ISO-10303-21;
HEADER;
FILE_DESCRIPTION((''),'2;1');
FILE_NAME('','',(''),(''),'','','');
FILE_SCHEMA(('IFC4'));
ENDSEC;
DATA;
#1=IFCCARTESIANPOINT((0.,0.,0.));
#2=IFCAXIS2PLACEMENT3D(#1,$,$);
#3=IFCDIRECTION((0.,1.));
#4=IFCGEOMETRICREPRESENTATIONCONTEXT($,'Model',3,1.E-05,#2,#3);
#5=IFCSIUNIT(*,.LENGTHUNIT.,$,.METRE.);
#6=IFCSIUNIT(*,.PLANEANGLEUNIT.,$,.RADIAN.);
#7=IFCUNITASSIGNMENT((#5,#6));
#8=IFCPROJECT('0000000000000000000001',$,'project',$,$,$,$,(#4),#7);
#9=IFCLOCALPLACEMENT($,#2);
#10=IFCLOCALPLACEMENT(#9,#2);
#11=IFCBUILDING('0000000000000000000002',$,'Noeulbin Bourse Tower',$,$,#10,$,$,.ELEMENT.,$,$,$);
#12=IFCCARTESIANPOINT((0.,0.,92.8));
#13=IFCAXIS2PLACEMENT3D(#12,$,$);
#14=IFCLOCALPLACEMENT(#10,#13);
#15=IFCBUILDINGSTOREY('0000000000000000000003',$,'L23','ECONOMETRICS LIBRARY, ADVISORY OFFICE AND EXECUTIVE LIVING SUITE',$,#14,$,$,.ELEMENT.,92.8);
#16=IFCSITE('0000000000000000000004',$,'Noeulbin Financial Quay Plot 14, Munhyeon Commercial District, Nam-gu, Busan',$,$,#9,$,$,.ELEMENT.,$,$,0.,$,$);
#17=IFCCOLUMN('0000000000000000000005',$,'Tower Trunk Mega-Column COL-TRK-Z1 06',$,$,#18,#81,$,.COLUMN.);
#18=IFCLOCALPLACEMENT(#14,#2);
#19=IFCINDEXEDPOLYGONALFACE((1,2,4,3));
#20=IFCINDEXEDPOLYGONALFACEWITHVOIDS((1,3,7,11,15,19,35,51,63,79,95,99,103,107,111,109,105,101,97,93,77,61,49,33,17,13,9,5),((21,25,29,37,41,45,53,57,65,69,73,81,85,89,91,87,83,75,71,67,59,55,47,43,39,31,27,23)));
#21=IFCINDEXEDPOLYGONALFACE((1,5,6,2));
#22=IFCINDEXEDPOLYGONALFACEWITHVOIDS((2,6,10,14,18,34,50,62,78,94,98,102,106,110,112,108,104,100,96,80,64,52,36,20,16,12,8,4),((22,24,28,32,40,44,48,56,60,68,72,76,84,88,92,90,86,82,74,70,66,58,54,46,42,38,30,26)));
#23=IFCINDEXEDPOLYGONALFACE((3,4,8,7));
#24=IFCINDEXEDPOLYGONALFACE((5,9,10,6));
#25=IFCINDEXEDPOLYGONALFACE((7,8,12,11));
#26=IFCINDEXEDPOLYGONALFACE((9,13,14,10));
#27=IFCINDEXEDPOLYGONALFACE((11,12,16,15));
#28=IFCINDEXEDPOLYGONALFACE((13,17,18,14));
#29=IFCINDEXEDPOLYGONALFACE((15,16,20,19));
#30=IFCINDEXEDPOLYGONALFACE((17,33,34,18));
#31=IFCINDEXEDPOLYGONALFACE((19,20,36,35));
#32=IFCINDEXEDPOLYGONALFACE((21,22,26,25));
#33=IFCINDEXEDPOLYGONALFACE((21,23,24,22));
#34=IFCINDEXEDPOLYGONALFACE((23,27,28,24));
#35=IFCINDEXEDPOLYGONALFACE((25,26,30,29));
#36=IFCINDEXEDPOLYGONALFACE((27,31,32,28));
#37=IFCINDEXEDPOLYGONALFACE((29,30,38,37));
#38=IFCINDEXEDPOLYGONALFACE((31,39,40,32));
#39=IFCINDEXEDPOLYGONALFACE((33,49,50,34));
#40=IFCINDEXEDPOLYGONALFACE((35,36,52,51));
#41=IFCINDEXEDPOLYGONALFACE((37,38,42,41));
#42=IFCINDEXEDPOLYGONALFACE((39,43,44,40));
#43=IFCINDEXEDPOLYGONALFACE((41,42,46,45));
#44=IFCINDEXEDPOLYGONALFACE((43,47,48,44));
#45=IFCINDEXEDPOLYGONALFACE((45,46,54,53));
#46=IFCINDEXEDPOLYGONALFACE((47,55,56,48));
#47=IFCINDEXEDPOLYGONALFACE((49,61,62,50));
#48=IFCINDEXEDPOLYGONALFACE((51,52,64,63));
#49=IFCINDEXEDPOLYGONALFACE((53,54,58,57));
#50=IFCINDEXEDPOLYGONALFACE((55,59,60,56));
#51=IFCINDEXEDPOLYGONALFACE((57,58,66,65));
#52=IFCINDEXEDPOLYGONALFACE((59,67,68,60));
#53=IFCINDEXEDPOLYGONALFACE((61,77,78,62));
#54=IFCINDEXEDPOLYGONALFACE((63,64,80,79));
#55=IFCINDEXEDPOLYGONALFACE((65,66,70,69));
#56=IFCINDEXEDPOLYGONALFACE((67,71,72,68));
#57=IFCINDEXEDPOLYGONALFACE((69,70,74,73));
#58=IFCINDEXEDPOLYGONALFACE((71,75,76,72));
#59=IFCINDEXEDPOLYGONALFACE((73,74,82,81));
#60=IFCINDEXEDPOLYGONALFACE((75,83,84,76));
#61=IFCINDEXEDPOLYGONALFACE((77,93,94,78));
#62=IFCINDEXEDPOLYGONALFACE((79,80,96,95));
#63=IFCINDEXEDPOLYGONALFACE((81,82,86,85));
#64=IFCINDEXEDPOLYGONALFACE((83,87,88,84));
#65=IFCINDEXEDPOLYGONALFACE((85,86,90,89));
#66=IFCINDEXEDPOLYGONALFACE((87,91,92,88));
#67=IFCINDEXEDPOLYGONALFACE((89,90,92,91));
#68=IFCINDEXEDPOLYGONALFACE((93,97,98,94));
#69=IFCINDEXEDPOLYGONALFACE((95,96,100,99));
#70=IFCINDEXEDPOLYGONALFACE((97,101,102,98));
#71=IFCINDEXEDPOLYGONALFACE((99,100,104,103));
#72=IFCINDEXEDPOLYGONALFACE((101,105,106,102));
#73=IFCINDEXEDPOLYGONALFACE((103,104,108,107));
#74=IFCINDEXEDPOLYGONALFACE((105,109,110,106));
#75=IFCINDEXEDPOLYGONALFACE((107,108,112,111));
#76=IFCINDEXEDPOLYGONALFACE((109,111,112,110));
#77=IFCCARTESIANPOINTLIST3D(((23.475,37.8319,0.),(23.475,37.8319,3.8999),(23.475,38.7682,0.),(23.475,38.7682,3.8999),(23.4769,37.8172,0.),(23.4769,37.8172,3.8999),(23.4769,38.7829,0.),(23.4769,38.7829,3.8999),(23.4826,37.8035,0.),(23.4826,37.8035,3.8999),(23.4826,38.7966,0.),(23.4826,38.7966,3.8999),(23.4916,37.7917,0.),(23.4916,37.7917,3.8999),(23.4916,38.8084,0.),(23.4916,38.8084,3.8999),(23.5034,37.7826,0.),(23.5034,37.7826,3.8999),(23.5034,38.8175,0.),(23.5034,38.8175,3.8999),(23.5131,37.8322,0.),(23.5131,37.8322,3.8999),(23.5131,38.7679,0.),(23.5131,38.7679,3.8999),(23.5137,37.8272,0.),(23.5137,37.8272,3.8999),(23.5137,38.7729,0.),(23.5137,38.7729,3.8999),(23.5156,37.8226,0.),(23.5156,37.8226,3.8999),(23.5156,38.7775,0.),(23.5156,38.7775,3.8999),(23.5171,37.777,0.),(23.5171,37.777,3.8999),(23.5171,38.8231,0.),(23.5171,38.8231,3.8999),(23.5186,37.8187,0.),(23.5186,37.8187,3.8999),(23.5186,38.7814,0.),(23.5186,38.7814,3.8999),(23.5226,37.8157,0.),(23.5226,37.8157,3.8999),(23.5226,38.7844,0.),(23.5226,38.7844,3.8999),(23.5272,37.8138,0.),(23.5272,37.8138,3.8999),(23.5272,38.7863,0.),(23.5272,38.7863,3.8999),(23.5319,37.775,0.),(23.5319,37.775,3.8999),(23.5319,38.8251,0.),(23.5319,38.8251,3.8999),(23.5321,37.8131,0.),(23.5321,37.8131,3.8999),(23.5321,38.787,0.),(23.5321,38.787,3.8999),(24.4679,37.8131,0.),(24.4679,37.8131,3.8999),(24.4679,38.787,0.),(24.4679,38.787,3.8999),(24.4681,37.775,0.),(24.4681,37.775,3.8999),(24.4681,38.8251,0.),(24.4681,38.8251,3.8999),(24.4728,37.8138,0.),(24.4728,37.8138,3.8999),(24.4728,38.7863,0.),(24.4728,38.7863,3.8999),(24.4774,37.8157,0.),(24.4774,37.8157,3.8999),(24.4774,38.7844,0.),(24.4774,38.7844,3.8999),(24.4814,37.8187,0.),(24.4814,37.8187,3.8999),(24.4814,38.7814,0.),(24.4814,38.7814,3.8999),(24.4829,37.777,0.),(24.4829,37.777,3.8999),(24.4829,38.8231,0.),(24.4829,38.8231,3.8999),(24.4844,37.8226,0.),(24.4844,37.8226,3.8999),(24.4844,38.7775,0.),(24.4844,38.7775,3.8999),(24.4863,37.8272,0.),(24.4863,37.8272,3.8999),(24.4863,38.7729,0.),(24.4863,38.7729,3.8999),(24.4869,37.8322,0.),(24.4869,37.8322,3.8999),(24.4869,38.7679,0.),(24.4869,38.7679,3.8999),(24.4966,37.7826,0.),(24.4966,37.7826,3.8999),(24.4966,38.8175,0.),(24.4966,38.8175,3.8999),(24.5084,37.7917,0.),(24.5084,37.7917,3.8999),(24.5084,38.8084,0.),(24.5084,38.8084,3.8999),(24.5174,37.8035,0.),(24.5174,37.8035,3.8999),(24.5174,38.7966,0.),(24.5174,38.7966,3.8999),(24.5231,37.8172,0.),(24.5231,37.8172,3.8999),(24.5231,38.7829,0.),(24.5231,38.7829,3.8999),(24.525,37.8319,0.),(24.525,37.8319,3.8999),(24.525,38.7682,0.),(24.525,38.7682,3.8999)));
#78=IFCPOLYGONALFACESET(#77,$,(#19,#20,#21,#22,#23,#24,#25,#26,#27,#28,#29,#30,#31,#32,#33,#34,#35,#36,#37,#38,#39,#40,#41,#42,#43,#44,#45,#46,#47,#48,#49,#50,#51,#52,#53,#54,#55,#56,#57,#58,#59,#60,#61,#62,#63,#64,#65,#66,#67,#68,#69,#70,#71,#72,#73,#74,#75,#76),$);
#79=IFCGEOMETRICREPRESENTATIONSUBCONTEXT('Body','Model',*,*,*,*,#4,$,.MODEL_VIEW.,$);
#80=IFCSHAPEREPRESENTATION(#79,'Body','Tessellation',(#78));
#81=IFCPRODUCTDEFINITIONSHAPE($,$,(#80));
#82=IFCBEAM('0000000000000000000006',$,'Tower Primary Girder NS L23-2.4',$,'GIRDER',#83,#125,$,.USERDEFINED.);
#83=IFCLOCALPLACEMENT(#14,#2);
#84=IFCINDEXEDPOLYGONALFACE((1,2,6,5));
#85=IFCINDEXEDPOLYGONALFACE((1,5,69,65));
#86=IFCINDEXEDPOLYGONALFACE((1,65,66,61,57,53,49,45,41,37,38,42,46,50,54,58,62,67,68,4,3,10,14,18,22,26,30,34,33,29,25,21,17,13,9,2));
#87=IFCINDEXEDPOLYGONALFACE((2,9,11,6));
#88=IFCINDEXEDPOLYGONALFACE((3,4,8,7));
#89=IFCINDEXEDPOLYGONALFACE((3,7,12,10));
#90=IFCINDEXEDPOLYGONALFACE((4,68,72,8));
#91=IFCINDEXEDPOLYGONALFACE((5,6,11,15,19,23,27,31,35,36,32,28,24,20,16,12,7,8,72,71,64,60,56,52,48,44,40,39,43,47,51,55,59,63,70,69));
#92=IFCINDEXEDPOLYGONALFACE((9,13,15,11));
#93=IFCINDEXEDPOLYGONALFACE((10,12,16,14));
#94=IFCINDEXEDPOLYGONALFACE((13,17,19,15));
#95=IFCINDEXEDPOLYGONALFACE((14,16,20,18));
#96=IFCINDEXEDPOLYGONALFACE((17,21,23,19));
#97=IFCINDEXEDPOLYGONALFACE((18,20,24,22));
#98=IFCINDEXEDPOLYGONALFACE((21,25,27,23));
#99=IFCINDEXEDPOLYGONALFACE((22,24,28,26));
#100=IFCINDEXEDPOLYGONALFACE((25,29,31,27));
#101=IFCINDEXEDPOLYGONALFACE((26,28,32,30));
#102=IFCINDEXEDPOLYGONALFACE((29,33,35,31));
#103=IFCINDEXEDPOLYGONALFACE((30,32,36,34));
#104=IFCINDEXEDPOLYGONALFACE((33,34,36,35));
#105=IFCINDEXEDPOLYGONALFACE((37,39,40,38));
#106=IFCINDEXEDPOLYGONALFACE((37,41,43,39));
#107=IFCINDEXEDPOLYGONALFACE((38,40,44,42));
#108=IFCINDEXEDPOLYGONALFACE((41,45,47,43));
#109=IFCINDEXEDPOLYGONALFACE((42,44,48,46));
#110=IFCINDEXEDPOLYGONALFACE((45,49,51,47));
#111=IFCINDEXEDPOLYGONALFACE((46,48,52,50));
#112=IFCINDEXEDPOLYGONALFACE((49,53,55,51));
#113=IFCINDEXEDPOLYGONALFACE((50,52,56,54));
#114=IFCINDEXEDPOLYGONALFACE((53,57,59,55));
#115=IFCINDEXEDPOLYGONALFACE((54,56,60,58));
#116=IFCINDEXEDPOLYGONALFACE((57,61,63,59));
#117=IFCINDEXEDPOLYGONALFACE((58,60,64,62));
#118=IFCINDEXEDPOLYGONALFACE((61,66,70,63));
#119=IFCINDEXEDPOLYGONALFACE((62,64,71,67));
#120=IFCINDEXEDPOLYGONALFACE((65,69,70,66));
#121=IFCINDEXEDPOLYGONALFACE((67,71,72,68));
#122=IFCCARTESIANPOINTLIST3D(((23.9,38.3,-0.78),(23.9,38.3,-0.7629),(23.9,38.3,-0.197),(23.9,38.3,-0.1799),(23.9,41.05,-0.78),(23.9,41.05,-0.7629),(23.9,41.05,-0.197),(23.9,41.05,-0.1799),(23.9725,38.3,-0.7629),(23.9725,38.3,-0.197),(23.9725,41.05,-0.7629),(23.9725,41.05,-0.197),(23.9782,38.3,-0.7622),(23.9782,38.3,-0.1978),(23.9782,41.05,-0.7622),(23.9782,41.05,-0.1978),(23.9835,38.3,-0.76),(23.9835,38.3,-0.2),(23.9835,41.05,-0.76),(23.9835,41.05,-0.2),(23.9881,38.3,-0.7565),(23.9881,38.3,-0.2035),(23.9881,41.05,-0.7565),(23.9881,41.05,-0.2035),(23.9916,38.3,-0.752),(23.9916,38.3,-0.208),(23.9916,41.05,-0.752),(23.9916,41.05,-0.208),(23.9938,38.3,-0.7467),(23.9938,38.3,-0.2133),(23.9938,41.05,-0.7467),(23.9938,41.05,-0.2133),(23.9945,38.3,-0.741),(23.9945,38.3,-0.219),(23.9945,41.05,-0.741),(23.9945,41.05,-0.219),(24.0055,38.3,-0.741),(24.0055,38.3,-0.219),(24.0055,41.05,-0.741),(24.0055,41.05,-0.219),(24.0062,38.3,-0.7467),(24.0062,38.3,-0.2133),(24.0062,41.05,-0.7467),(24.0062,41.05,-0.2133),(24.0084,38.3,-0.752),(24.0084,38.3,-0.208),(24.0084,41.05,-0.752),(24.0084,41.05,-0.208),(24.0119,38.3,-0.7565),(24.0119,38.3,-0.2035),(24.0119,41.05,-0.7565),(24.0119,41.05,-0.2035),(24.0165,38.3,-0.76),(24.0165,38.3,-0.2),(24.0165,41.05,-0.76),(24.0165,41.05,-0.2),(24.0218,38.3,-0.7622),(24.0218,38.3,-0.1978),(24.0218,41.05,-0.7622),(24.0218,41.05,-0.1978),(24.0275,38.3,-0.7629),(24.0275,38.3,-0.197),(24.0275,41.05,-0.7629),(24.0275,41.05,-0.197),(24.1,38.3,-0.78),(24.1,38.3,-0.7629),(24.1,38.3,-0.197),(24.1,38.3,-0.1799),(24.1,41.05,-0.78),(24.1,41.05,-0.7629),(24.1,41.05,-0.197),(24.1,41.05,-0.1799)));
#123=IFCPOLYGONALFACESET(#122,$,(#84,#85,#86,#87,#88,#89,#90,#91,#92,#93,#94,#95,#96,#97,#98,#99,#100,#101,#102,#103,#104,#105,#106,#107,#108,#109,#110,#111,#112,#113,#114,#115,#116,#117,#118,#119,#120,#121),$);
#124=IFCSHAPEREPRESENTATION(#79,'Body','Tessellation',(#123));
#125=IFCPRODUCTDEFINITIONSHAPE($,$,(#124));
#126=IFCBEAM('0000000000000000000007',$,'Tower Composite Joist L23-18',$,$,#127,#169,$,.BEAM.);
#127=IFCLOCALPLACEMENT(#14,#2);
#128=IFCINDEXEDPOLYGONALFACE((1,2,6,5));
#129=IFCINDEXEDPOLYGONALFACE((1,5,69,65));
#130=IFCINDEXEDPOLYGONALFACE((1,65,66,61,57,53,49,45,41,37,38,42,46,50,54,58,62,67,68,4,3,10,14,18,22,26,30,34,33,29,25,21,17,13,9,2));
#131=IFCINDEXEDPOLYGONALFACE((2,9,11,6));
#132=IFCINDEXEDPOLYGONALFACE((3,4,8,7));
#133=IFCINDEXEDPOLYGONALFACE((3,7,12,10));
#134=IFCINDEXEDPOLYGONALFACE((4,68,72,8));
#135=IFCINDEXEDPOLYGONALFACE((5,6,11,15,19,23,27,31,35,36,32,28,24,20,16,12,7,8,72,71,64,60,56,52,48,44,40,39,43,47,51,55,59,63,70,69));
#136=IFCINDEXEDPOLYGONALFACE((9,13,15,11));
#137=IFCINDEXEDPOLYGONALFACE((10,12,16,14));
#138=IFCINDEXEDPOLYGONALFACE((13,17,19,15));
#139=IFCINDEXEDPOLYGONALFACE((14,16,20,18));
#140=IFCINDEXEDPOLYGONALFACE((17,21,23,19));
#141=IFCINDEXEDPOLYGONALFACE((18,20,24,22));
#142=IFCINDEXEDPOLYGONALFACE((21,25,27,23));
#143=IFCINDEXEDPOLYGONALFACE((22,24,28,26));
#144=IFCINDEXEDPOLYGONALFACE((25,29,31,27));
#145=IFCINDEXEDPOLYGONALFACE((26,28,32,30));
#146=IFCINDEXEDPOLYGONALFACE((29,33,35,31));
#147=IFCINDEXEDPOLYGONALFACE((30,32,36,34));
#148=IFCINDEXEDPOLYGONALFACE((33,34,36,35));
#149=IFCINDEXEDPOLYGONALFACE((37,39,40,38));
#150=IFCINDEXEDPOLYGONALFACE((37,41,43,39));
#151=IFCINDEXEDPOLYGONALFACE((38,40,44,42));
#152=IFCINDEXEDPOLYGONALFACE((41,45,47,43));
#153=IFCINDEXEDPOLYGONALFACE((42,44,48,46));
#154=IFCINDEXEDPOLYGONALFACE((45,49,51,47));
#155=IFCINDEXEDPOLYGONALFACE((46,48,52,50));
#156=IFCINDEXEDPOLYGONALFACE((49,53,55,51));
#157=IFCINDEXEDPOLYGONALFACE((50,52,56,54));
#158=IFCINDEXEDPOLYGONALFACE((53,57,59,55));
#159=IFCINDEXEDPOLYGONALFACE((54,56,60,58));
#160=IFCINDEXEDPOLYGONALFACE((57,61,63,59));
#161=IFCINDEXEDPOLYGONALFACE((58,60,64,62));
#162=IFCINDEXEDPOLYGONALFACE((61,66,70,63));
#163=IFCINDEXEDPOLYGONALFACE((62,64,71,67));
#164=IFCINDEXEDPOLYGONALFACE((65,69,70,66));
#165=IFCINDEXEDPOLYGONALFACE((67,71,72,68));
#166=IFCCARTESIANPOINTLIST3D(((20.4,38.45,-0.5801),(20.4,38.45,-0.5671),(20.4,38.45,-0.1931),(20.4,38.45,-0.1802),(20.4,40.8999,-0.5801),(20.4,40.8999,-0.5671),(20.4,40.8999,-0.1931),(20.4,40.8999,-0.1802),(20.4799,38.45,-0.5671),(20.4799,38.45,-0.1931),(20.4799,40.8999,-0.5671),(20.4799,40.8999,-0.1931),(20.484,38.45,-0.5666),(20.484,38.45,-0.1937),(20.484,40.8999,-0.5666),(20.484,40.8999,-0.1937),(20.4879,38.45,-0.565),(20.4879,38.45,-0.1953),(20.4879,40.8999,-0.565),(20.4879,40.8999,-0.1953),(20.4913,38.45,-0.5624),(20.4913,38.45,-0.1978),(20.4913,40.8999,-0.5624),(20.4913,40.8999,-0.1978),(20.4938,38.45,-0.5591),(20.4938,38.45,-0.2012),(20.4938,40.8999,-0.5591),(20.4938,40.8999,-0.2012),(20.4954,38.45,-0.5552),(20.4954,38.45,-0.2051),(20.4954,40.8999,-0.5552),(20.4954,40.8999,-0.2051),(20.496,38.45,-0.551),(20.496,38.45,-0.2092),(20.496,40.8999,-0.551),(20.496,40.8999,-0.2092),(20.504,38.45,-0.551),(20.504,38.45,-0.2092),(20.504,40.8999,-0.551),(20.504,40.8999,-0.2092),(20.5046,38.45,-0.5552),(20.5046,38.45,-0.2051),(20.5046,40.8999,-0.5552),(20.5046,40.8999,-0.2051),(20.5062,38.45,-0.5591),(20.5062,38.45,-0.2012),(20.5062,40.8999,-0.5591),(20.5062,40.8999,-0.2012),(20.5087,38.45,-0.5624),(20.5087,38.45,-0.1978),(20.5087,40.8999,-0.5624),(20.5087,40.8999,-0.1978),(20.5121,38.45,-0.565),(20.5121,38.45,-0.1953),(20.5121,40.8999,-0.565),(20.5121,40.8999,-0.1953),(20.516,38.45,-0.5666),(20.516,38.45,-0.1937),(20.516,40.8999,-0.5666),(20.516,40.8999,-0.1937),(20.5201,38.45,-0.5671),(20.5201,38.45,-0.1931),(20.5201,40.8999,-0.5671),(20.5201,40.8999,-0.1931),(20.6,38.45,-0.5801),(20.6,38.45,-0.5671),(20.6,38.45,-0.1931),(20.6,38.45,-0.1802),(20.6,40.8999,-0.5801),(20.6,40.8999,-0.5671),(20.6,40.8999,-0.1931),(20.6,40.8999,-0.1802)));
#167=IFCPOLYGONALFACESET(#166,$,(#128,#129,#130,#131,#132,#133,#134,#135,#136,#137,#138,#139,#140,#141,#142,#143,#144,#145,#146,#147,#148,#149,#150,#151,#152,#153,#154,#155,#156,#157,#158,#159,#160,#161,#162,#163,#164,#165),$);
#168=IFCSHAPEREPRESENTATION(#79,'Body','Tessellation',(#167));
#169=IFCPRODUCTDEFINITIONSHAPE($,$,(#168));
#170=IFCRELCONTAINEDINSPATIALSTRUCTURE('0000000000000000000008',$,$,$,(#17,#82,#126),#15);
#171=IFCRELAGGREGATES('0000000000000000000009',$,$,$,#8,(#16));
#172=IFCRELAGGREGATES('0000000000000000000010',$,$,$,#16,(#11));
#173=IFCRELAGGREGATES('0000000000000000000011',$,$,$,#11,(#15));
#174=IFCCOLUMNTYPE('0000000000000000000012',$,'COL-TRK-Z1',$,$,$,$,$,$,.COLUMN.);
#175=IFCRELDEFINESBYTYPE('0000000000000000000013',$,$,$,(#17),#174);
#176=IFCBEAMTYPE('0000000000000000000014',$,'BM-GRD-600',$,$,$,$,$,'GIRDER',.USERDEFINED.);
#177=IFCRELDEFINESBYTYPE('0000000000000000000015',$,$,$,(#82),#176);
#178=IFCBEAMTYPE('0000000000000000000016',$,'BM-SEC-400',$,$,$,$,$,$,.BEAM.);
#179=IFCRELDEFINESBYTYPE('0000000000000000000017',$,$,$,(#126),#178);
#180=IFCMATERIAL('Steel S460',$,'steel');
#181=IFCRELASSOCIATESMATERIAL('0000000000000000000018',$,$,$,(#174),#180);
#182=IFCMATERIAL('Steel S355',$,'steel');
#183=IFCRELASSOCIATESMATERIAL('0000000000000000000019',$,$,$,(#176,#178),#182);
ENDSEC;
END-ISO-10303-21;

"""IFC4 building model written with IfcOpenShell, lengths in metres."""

from ifc_helpers import new_model, si_unit, direction, frame, origin, origin_2d, place, context, subcontext, project, spatial, hollow_rectangle, i_section, extrude, material, material_profile, profile_set, type_object, element, save


model = new_model("IFC4")

# Units and contexts
model_context = context("Model", 3, precision=1e-05, world=origin(), true_north=direction((0.0, 1.0)))
body_context = subcontext(model_context, "Body", "Model", "MODEL_VIEW")
ifc_project = project(units=[si_unit("LENGTHUNIT", "METRE"), si_unit("PLANEANGLEUNIT", "RADIAN")], contexts=[model_context])

# Site, building, storey
site_placement = place(None, origin())
site = spatial("IfcSite", under=ifc_project, at=site_placement, Name="Noeulbin Financial Quay Plot 14, Munhyeon Commercial District, Nam-gu, Busan", CompositionType="ELEMENT", RefElevation=0.0)
building_placement = place(site_placement, origin())
building = spatial("IfcBuilding", under=site, at=building_placement, Name="Noeulbin Bourse Tower", CompositionType="ELEMENT")
storey_placement = place(building_placement, frame((0.0, 0.0, 92.8)))
storey = spatial("IfcBuildingStorey", under=building, at=storey_placement, Name="L23", Description="ECONOMETRICS LIBRARY, ADVISORY OFFICE AND EXECUTIVE LIVING SUITE", CompositionType="ELEMENT", Elevation=92.8)

# Column
ifc_material_1 = material(Name="Steel S460", Category="steel")
ifc_material_profile_1 = material_profile(ifc_material_1, hollow_rectangle(XDim=1.05, YDim=1.05, WallThickness=0.0381, InnerFilletRadius=0.019, OuterFilletRadius=0.0569, at=origin_2d()), Name="BOX-1050x1050x38", Category="LoadBearing")
ifc_profile_set_1 = profile_set([ifc_material_profile_1], Name="Steel S460")
column_type_1 = type_object("IfcColumnType", Name="COL-TRK-Z1", PredefinedType="COLUMN", material=ifc_profile_set_1)
for number, where, z_axis, x_axis, name in (
    (1, (24.0, 38.3, 0.0), (0.0, 0.0, 1.0), (1.0, 0.0, 0.0), "Tower Trunk Mega-Column COL-TRK-Z1 06"),
):
    element("IfcColumn", number, at=place(storey_placement, frame(where, z_axis=z_axis, x_axis=x_axis)), inside=storey, type_object=column_type_1, Name=name, PredefinedType="COLUMN", context=body_context, shape_type="SweptSolid", body=[
        extrude(hollow_rectangle(XDim=1.05, YDim=1.05, WallThickness=0.0381, InnerFilletRadius=0.019, OuterFilletRadius=0.0569, at=origin_2d()), origin(), (0.0, 0.0, 1.0), 3.8999),
    ])

# Beams
ifc_material_2 = material(Name="Steel S355", Category="steel")
ifc_material_profile_2 = material_profile(ifc_material_2, i_section(OverallWidth=0.2, OverallDepth=0.6001, WebThickness=0.011, FlangeThickness=0.0171, FilletRadius=0.022, at=origin_2d()), Name="H-600x200x11x17", Category="LoadBearing")
ifc_profile_set_2 = profile_set([ifc_material_profile_2], Name="Steel S355")
beam_type_1 = type_object("IfcBeamType", Name="BM-GRD-600", ElementType="GIRDER", PredefinedType="USERDEFINED", material=ifc_profile_set_2)
beam_1_placement = place(storey_placement, frame((24.0, 38.3, -0.48), z_axis=(0.0, 1.0, 0.0), x_axis=(-1.0, 0.0, 0.0)))
element("IfcBeam", 2, at=beam_1_placement, inside=storey, type_object=beam_type_1, Name="Tower Primary Girder NS L23-2.4", ObjectType="GIRDER", PredefinedType="USERDEFINED", context=body_context, shape_type="SweptSolid", body=[
    extrude(i_section(OverallWidth=0.2, OverallDepth=0.6001, WebThickness=0.011, FlangeThickness=0.0171, FilletRadius=0.022, at=origin_2d()), origin(), (0.0, 0.0, 1.0), 2.75),
])
ifc_material_profile_3 = material_profile(ifc_material_2, i_section(OverallWidth=0.2, OverallDepth=0.3999, WebThickness=0.0081, FlangeThickness=0.0129, FilletRadius=0.0161, at=origin_2d()), Name="H-400x200x8x13", Category="LoadBearing")
ifc_profile_set_3 = profile_set([ifc_material_profile_3], Name="Steel S355")
beam_type_2 = type_object("IfcBeamType", Name="BM-SEC-400", PredefinedType="BEAM", material=ifc_profile_set_3)
for number, where, z_axis, x_axis, name in (
    (3, (20.5, 38.45, -0.3801), (0.0, 1.0, 0.0), (-1.0, 0.0, 0.0), "Tower Composite Joist L23-18"),
):
    element("IfcBeam", number, at=place(storey_placement, frame(where, z_axis=z_axis, x_axis=x_axis)), inside=storey, type_object=beam_type_2, Name=name, PredefinedType="BEAM", context=body_context, shape_type="SweptSolid", body=[
        extrude(i_section(OverallWidth=0.2, OverallDepth=0.3999, WebThickness=0.0081, FlangeThickness=0.0129, FilletRadius=0.0161, at=origin_2d()), origin(), (0.0, 0.0, 1.0), 2.45),
    ])

save(model, "model.ifc")
